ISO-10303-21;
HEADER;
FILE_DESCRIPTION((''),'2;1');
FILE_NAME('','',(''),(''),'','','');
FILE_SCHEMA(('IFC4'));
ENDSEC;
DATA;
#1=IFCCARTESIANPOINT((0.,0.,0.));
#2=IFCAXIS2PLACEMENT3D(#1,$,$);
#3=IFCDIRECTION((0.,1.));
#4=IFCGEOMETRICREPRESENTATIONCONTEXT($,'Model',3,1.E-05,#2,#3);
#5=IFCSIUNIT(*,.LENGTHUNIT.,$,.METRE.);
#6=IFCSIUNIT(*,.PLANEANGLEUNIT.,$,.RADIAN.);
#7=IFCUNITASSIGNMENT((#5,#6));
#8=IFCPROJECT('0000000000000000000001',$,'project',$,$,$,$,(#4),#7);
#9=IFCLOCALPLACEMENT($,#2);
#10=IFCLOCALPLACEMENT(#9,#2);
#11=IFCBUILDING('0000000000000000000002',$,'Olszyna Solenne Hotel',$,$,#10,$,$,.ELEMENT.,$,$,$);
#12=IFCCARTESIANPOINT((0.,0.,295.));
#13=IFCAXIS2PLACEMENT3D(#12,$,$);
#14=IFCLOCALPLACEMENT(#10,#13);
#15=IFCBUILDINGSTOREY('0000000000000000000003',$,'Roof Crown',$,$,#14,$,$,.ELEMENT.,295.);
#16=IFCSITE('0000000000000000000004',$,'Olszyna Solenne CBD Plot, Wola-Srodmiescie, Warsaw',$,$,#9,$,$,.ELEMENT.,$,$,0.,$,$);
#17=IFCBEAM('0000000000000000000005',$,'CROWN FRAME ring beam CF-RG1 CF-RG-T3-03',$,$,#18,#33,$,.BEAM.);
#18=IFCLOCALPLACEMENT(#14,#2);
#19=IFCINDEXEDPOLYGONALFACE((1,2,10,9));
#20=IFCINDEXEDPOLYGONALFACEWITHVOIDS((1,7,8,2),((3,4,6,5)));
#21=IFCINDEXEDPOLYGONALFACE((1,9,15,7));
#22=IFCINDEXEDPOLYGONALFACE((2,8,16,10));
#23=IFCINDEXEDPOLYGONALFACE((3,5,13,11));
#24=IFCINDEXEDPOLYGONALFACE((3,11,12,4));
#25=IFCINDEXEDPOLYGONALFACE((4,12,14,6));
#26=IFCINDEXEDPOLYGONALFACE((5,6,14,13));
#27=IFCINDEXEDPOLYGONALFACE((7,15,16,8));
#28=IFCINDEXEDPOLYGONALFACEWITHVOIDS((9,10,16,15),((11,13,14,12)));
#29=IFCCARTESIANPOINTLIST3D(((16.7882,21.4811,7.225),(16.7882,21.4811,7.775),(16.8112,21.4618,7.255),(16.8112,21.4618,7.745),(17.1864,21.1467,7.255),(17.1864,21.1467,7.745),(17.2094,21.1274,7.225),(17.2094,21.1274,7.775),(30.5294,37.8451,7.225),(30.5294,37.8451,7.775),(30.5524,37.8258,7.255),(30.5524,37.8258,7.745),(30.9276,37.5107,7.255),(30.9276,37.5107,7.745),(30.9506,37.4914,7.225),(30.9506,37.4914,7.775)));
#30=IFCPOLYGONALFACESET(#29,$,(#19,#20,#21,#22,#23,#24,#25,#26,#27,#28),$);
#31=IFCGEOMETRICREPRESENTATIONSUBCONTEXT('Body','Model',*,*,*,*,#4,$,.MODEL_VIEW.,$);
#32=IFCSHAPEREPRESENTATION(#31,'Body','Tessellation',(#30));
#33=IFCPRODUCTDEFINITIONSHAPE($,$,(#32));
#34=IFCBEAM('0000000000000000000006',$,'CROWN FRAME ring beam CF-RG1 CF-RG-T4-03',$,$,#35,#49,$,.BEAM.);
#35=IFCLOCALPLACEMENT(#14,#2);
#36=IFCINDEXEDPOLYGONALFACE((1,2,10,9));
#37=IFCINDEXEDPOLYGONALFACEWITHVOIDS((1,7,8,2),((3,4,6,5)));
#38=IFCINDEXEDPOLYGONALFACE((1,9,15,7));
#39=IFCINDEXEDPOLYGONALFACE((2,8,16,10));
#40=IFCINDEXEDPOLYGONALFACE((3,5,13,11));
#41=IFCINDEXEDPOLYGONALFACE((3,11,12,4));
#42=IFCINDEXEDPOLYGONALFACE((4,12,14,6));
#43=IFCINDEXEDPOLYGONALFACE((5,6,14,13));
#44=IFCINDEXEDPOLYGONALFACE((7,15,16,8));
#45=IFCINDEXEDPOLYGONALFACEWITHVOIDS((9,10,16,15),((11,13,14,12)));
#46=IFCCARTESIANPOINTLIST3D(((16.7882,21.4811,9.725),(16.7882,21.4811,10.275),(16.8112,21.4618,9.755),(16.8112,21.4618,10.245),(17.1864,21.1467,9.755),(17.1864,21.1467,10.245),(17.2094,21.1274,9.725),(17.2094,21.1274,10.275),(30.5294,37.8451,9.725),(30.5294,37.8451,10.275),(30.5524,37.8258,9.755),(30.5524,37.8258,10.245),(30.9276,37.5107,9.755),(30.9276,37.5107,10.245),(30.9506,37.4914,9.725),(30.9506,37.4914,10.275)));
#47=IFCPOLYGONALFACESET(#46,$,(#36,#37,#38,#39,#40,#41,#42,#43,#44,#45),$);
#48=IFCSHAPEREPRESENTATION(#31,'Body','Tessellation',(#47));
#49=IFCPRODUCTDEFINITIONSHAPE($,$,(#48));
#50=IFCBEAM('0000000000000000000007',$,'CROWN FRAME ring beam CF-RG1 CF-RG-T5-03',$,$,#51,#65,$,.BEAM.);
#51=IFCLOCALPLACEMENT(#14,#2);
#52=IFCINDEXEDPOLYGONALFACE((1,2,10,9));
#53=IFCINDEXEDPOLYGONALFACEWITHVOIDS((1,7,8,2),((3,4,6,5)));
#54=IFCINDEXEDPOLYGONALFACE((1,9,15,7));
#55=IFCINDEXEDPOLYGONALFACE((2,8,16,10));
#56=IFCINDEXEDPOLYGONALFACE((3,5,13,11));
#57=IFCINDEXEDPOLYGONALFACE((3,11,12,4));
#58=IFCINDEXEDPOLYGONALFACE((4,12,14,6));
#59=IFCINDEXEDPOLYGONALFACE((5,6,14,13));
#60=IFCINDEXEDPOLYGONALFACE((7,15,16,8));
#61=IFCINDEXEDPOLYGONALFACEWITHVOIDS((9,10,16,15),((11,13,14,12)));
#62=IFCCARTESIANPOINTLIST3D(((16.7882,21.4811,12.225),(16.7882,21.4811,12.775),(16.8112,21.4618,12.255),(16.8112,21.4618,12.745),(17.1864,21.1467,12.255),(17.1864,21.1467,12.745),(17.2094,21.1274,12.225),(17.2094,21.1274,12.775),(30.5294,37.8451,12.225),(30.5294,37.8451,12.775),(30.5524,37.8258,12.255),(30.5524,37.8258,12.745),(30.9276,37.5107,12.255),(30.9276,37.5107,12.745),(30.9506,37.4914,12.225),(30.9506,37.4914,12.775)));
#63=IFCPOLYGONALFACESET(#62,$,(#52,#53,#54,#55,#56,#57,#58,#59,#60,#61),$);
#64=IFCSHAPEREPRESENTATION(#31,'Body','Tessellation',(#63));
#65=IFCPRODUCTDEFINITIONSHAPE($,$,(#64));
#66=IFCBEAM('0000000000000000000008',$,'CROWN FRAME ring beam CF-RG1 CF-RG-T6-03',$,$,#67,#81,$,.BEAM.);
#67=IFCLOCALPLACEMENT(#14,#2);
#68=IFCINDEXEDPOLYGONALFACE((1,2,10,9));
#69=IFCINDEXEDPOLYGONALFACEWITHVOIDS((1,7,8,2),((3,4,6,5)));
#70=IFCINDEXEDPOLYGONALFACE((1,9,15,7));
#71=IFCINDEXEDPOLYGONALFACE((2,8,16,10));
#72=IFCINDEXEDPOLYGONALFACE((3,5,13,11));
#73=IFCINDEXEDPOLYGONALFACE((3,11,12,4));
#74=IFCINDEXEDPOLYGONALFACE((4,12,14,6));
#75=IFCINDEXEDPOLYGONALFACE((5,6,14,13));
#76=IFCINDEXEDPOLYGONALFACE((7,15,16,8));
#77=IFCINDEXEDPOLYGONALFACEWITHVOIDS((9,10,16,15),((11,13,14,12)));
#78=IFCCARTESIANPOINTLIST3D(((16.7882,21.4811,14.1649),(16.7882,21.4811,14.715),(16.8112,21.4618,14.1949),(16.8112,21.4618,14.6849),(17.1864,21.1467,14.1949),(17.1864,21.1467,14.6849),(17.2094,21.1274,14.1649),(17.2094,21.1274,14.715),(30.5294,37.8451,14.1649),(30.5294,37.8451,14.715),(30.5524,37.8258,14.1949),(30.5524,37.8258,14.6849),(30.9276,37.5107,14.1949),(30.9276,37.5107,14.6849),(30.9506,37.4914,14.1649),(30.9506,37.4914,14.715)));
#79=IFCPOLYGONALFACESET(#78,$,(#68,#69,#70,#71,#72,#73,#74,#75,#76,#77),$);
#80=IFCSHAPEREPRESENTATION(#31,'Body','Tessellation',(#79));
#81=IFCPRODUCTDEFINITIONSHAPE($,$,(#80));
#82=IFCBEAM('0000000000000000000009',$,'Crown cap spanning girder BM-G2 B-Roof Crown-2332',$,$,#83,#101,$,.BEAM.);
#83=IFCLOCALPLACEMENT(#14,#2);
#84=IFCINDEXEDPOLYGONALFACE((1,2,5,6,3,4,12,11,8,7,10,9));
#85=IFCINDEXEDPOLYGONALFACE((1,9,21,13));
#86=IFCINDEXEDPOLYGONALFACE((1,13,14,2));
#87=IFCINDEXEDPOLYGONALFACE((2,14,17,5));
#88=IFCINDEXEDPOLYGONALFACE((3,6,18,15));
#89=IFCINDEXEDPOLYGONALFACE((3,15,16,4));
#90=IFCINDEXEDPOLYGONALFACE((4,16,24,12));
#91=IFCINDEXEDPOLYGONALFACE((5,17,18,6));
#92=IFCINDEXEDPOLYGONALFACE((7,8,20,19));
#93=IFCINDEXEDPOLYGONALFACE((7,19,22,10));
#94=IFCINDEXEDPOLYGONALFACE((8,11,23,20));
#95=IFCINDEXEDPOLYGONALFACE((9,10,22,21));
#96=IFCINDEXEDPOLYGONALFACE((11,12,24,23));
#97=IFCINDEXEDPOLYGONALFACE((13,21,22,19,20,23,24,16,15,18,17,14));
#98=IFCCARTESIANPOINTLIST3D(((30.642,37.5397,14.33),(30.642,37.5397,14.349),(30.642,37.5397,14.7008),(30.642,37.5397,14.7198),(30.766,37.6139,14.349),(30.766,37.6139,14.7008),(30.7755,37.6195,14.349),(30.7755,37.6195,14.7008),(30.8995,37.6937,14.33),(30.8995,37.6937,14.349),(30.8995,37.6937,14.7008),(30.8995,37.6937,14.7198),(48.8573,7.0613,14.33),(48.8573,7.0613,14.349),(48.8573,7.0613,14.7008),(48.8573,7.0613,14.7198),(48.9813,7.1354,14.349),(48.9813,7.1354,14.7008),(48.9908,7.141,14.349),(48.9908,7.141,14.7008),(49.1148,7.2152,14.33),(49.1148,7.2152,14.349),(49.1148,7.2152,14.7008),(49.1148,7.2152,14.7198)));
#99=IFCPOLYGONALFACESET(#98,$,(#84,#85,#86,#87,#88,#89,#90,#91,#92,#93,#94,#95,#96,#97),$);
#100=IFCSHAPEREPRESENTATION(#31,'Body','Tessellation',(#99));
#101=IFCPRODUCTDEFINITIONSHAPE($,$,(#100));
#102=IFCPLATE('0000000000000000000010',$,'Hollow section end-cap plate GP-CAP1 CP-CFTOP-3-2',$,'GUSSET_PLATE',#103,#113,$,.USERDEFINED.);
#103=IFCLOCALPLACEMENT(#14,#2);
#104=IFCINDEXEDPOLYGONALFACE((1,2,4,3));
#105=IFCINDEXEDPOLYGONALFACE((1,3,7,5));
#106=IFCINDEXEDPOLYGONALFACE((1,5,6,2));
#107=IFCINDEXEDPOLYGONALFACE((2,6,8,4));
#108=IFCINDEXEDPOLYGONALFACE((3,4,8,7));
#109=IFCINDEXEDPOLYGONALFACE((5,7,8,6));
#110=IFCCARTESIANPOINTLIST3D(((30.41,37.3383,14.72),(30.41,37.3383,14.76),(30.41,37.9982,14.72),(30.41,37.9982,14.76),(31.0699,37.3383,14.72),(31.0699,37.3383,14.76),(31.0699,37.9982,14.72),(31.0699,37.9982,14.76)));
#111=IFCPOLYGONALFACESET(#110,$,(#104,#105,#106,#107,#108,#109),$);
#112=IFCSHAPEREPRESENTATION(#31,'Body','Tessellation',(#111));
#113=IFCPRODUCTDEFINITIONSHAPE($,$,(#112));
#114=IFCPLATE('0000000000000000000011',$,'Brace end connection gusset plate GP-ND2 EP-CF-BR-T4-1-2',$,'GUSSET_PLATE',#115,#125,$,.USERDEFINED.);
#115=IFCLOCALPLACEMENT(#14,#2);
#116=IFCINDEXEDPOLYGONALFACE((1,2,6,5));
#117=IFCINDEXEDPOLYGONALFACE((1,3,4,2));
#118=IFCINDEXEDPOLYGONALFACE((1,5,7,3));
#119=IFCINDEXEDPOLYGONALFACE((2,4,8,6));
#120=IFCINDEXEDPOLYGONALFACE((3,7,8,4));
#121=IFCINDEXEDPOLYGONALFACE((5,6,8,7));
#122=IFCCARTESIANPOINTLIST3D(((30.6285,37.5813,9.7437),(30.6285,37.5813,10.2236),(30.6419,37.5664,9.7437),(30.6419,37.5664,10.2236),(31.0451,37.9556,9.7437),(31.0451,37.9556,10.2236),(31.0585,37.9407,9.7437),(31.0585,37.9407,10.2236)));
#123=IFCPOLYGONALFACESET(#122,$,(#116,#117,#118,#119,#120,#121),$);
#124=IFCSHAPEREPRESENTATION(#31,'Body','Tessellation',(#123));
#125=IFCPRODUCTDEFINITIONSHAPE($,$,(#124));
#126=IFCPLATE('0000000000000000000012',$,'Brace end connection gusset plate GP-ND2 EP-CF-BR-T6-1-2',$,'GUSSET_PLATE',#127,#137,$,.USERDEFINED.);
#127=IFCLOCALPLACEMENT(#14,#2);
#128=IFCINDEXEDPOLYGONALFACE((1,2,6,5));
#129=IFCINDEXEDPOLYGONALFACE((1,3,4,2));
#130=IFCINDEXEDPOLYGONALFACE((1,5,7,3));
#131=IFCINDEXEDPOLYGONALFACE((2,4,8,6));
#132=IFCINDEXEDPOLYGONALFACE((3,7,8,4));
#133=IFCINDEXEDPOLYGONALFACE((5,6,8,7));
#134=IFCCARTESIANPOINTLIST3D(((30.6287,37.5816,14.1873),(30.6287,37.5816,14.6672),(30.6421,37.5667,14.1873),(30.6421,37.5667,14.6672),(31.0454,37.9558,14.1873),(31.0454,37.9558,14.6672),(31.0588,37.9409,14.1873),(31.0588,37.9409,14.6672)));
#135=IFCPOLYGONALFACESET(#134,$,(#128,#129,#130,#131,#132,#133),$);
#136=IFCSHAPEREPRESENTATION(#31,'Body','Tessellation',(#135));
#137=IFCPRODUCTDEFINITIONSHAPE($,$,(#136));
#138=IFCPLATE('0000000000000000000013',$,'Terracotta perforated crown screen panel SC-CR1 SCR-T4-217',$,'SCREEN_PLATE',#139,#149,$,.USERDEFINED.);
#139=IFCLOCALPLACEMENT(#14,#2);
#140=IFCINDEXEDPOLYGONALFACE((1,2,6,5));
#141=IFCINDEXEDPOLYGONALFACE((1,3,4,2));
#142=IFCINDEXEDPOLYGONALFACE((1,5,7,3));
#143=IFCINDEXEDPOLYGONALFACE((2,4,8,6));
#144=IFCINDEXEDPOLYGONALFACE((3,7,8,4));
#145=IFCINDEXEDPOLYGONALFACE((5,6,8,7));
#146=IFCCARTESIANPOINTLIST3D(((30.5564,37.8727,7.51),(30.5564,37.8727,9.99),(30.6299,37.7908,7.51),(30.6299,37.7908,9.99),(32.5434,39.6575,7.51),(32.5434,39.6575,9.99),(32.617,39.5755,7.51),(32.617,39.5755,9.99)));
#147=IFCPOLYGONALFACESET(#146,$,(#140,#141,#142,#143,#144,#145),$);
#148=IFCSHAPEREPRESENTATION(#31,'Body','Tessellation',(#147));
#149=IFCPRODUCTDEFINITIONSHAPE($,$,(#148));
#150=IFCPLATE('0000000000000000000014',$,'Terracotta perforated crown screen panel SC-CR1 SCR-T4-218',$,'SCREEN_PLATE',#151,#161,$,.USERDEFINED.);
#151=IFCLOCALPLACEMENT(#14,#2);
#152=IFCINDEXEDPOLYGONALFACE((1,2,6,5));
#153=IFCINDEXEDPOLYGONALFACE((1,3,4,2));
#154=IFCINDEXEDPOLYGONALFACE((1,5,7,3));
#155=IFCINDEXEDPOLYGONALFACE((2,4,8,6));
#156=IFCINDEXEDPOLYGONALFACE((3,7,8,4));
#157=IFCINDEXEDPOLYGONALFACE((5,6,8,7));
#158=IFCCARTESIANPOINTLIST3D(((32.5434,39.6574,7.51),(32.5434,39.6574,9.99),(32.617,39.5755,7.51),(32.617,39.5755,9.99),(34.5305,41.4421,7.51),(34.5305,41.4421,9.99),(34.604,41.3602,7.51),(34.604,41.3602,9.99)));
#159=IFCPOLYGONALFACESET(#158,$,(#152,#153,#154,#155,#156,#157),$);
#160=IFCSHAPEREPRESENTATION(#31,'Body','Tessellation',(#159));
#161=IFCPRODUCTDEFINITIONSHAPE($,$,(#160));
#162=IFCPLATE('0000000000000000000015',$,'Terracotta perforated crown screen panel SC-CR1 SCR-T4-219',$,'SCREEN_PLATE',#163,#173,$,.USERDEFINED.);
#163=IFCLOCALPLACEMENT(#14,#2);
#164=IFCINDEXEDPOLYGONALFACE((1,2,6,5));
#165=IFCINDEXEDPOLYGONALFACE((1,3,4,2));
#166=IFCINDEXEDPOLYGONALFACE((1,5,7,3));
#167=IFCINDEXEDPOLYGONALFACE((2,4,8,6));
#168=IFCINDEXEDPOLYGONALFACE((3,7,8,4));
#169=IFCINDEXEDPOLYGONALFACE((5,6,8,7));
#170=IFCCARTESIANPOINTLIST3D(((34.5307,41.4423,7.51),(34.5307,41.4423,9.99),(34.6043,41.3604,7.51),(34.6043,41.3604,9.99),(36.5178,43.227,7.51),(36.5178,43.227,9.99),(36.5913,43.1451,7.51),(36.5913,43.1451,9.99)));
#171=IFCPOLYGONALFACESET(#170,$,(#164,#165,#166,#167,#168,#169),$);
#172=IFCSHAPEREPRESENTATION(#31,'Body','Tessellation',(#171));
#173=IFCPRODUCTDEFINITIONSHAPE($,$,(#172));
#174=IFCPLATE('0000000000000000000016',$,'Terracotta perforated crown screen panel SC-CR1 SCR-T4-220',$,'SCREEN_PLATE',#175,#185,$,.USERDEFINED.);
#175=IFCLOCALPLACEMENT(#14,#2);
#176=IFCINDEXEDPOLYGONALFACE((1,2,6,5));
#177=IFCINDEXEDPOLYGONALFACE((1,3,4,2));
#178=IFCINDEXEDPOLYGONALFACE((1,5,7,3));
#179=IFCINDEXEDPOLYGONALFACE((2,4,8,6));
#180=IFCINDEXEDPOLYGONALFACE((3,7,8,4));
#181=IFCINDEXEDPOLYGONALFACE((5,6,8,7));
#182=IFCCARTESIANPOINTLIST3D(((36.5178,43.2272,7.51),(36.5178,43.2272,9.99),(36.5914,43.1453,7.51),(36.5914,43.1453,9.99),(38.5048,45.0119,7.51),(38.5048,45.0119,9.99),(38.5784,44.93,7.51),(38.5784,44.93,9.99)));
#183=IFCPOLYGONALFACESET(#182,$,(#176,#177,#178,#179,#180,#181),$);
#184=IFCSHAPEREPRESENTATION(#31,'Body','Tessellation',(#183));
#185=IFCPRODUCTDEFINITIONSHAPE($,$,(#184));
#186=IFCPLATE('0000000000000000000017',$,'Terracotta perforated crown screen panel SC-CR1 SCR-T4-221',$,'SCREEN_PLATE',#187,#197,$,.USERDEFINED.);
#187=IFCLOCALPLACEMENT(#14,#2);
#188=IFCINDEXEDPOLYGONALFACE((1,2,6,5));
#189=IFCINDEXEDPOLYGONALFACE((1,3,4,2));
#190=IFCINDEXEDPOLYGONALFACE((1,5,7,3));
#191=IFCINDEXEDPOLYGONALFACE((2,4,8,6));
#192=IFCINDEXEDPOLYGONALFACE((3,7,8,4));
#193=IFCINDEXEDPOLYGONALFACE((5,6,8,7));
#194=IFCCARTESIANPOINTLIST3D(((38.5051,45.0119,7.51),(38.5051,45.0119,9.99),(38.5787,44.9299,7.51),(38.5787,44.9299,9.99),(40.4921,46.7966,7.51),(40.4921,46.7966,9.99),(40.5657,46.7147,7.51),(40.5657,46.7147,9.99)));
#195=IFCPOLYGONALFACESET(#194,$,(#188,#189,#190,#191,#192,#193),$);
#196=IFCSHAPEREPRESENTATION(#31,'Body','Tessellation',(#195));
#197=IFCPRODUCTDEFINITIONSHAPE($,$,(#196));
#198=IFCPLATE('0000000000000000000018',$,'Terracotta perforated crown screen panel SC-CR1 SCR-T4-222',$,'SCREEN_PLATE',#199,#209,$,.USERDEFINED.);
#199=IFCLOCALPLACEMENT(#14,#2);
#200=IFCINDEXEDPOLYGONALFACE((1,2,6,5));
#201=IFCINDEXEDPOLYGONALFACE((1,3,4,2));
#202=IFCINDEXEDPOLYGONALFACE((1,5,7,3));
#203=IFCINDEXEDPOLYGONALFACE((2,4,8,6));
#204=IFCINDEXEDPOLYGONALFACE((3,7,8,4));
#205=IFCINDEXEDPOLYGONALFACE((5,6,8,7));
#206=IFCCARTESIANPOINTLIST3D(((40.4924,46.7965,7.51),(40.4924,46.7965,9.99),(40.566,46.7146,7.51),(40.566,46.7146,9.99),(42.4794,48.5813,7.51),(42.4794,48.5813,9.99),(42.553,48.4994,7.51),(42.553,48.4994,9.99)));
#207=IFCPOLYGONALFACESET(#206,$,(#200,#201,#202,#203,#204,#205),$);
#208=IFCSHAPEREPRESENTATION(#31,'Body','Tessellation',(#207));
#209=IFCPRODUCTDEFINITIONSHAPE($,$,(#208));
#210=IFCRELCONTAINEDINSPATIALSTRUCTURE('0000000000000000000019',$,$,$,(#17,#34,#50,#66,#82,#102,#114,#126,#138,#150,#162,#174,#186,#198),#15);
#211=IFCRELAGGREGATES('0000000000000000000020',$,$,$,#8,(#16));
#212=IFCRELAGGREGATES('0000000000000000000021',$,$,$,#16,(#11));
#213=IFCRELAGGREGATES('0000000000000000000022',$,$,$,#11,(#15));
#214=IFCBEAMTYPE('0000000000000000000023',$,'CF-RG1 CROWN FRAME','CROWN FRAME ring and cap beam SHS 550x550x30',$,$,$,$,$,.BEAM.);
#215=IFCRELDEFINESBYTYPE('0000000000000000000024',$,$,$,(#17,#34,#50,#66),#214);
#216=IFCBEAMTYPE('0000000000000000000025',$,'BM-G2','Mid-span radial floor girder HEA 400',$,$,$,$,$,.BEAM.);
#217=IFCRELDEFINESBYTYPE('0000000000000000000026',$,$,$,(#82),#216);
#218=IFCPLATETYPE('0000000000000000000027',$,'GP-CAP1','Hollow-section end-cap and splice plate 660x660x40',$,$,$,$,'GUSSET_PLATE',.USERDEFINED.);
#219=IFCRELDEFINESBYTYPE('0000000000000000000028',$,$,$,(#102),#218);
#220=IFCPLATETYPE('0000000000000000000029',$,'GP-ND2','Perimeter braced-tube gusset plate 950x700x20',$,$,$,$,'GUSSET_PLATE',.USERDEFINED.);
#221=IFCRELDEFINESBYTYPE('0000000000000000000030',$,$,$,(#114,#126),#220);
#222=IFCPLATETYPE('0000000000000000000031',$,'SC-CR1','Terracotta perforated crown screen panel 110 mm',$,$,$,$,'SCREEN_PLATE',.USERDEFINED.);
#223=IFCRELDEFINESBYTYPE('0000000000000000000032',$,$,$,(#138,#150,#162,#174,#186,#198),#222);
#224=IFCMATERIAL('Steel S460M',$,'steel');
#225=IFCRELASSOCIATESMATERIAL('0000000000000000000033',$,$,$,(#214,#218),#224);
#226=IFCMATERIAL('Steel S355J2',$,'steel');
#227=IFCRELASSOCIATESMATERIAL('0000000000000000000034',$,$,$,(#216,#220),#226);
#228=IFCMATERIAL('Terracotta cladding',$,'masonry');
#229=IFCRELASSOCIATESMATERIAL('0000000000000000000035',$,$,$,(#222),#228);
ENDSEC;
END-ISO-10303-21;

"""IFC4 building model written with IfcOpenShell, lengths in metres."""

from ifc_helpers import new_model, si_unit, direction, frame, origin, origin_2d, place, context, subcontext, project, spatial, rectangle, hollow_rectangle, i_section, extrude, source, transform, mapped, material, material_profile, profile_set, type_object, element, save


model = new_model("IFC4")

# Units and contexts
model_context = context("Model", 3, precision=1e-05, world=origin(), true_north=direction((0.0, 1.0)))
body_context = subcontext(model_context, "Body", "Model", "MODEL_VIEW")
ifc_project = project(units=[si_unit("LENGTHUNIT", "METRE"), si_unit("PLANEANGLEUNIT", "RADIAN")], contexts=[model_context])

# Site, building, storey
site_placement = place(None, origin())
site = spatial("IfcSite", under=ifc_project, at=site_placement, Name="Olszyna Solenne CBD Plot, Wola-Srodmiescie, Warsaw", CompositionType="ELEMENT", RefElevation=0.0)
building_placement = place(site_placement, origin())
building = spatial("IfcBuilding", under=site, at=building_placement, Name="Olszyna Solenne Hotel", CompositionType="ELEMENT")
storey_placement = place(building_placement, frame((0.0, 0.0, 295.0)))
storey = spatial("IfcBuildingStorey", under=building, at=storey_placement, Name="Roof Crown", CompositionType="ELEMENT", Elevation=295.0)

# Beams
ifc_material_1 = material(Name="Steel S460M", Category="steel")
ifc_material_profile_1 = material_profile(ifc_material_1, hollow_rectangle(XDim=0.55, YDim=0.55, WallThickness=0.03, at=origin_2d()), Name="SHS 550x550x30", Category="load-bearing")
ifc_profile_set_1 = profile_set([ifc_material_profile_1], Name="Steel S460M")
beam_type_1 = type_object("IfcBeamType", Name="CF-RG1 CROWN FRAME", Description="CROWN FRAME ring and cap beam SHS 550x550x30", PredefinedType="BEAM", material=ifc_profile_set_1)
shared_shape_1 = source(origin(), body_context, "Body", "SweptSolid", [
    extrude(hollow_rectangle(XDim=0.55, YDim=0.55, WallThickness=0.03, at=origin_2d()), origin(), (0.0, 0.0, 1.0), 21.3682),
])
for number, where, z_axis, x_axis, name in (
    (1, (30.74, 37.6682, 7.5), (-0.643067, -0.76581, 0.0), (0.76581, -0.643067, 0.0), "CROWN FRAME ring beam CF-RG1 CF-RG-T3-03"),
    (2, (30.74, 37.6682, 10.0), (-0.643067, -0.76581, 0.0), (0.76581, -0.643067, 0.0), "CROWN FRAME ring beam CF-RG1 CF-RG-T4-03"),
    (3, (30.74, 37.6682, 12.5), (-0.643067, -0.76581, 0.0), (0.76581, -0.643067, 0.0), "CROWN FRAME ring beam CF-RG1 CF-RG-T5-03"),
    (4, (30.74, 37.6682, 14.4399), (-0.643067, -0.76581, 0.0), (0.76581, -0.643067, 0.0), "CROWN FRAME ring beam CF-RG1 CF-RG-T6-03"),
):
    element("IfcBeam", number, at=place(storey_placement, frame(where, z_axis=z_axis, x_axis=x_axis)), inside=storey, type_object=beam_type_1, Name=name, PredefinedType="BEAM", context=body_context, shape_type="MappedRepresentation", body=[
        mapped(shared_shape_1, transform((0.0, 0.0, 0.0), x_axis=(1.0, 0.0, 0.0), y_axis=(0.0, 1.0, 0.0), z_axis=(0.0, 0.0, 1.0), scale=1.0)),
    ])
ifc_material_2 = material(Name="Steel S355J2", Category="steel")
ifc_material_profile_2 = material_profile(ifc_material_2, i_section(OverallWidth=0.3, OverallDepth=0.3899, WebThickness=0.011, FlangeThickness=0.019, at=origin_2d()), Name="HEA 400", Category="load-bearing")
ifc_profile_set_2 = profile_set([ifc_material_profile_2], Name="Steel S355J2")
beam_type_2 = type_object("IfcBeamType", Name="BM-G2", Description="Mid-span radial floor girder HEA 400", PredefinedType="BEAM", material=ifc_profile_set_2)
shared_shape_2 = source(origin(), body_context, "Body", "SweptSolid", [
    extrude(i_section(OverallWidth=0.3, OverallDepth=0.3899, WebThickness=0.011, FlangeThickness=0.019, at=origin_2d()), origin(), (0.0, 0.0, 1.0), 35.5068),
])
beam_placement = place(storey_placement, frame((30.7708, 37.6167, 14.5249), z_axis=(0.513009, -0.858383, 0.0), x_axis=(0.858383, 0.513009, 0.0)))
element("IfcBeam", 5, at=beam_placement, inside=storey, type_object=beam_type_2, Name="Crown cap spanning girder BM-G2 B-Roof Crown-2332", PredefinedType="BEAM", context=body_context, shape_type="MappedRepresentation", body=[
    mapped(shared_shape_2, transform((0.0, 0.0, 0.0), x_axis=(1.0, 0.0, 0.0), y_axis=(0.0, 1.0, 0.0), z_axis=(0.0, 0.0, 1.0), scale=1.0)),
])

# Plates
plate_type_1 = type_object("IfcPlateType", Name="GP-CAP1", Description="Hollow-section end-cap and splice plate 660x660x40", ElementType="GUSSET_PLATE", PredefinedType="USERDEFINED", material=ifc_material_1)
shared_shape_3 = source(origin(), body_context, "Body", "SweptSolid", [
    extrude(rectangle(XDim=0.6599, YDim=0.6599, at=origin_2d()), origin(), (0.0, 0.0, 1.0), 0.04),
])
plate_placement = place(storey_placement, frame((30.74, 37.6682, 14.72), z_axis=(0.0, 0.0, 1.0), x_axis=(1.0, 0.0, 0.0)))
element("IfcPlate", 6, at=plate_placement, inside=storey, type_object=plate_type_1, Name="Hollow section end-cap plate GP-CAP1 CP-CFTOP-3-2", ObjectType="GUSSET_PLATE", PredefinedType="USERDEFINED", context=body_context, shape_type="MappedRepresentation", body=[
    mapped(shared_shape_3, transform((0.0, 0.0, 0.0), x_axis=(1.0, 0.0, 0.0), y_axis=(0.0, 1.0, 0.0), z_axis=(0.0, 0.0, 1.0), scale=1.0)),
])
plate_type_2 = type_object("IfcPlateType", Name="GP-ND2", Description="Perimeter braced-tube gusset plate 950x700x20", ElementType="GUSSET_PLATE", PredefinedType="USERDEFINED", material=ifc_material_2)
shared_shape_4 = source(origin(), body_context, "Body", "SweptSolid", [
    extrude(rectangle(XDim=0.5601, YDim=0.02, at=origin_2d()), origin(), (0.0, 0.0, 1.0), 0.48),
])
for number, where, z_axis, x_axis, name in (
    (7, (30.8435, 37.761, 9.7437), (0.0, 0.0, 1.0), (-0.743962, -0.668222, 0.0), "Brace end connection gusset plate GP-ND2 EP-CF-BR-T4-1-2"),
    (8, (30.8438, 37.7612, 14.1873), (0.0, 0.0, 1.0), (-0.743962, -0.668222, 0.0), "Brace end connection gusset plate GP-ND2 EP-CF-BR-T6-1-2"),
):
    element("IfcPlate", number, at=place(storey_placement, frame(where, z_axis=z_axis, x_axis=x_axis)), inside=storey, type_object=plate_type_2, Name=name, ObjectType="GUSSET_PLATE", PredefinedType="USERDEFINED", context=body_context, shape_type="MappedRepresentation", body=[
        mapped(shared_shape_4, transform((0.0, 0.0, 0.0), x_axis=(1.0, 0.0, 0.0), y_axis=(0.0, 1.0, 0.0), z_axis=(0.0, 0.0, 1.0), scale=1.0)),
    ])
ifc_material_3 = material(Name="Terracotta cladding", Category="masonry")
plate_type_3 = type_object("IfcPlateType", Name="SC-CR1", Description="Terracotta perforated crown screen panel 110 mm", ElementType="SCREEN_PLATE", PredefinedType="USERDEFINED", material=ifc_material_3)
shared_shape_5 = source(origin(), body_context, "Body", "SweptSolid", [
    extrude(rectangle(XDim=2.6709, YDim=0.1101, at=origin_2d()), origin(), (0.0, 0.0, 1.0), 2.48),
])
for number, where, z_axis, x_axis, name in (
    (9, (31.5867, 38.7241, 7.51), (0.0, 0.0, 1.0), (0.743962, 0.668222, 0.0), "Terracotta perforated crown screen panel SC-CR1 SCR-T4-217"),
    (10, (33.5737, 40.5088, 7.51), (0.0, 0.0, 1.0), (0.743962, 0.668222, 0.0), "Terracotta perforated crown screen panel SC-CR1 SCR-T4-218"),
    (11, (35.561, 42.2937, 7.51), (0.0, 0.0, 1.0), (0.743962, 0.668222, 0.0), "Terracotta perforated crown screen panel SC-CR1 SCR-T4-219"),
    (12, (37.5481, 44.0786, 7.51), (0.0, 0.0, 1.0), (0.743962, 0.668222, 0.0), "Terracotta perforated crown screen panel SC-CR1 SCR-T4-220"),
    (13, (39.5354, 45.8633, 7.51), (0.0, 0.0, 1.0), (0.743962, 0.668222, 0.0), "Terracotta perforated crown screen panel SC-CR1 SCR-T4-221"),
    (14, (41.5227, 47.6479, 7.51), (0.0, 0.0, 1.0), (0.743962, 0.668222, 0.0), "Terracotta perforated crown screen panel SC-CR1 SCR-T4-222"),
):
    element("IfcPlate", number, at=place(storey_placement, frame(where, z_axis=z_axis, x_axis=x_axis)), inside=storey, type_object=plate_type_3, Name=name, ObjectType="SCREEN_PLATE", PredefinedType="USERDEFINED", context=body_context, shape_type="MappedRepresentation", body=[
        mapped(shared_shape_5, transform((0.0, 0.0, 0.0), x_axis=(1.0, 0.0, 0.0), y_axis=(0.0, 1.0, 0.0), z_axis=(0.0, 0.0, 1.0), scale=1.0)),
    ])

save(model, "model.ifc")
